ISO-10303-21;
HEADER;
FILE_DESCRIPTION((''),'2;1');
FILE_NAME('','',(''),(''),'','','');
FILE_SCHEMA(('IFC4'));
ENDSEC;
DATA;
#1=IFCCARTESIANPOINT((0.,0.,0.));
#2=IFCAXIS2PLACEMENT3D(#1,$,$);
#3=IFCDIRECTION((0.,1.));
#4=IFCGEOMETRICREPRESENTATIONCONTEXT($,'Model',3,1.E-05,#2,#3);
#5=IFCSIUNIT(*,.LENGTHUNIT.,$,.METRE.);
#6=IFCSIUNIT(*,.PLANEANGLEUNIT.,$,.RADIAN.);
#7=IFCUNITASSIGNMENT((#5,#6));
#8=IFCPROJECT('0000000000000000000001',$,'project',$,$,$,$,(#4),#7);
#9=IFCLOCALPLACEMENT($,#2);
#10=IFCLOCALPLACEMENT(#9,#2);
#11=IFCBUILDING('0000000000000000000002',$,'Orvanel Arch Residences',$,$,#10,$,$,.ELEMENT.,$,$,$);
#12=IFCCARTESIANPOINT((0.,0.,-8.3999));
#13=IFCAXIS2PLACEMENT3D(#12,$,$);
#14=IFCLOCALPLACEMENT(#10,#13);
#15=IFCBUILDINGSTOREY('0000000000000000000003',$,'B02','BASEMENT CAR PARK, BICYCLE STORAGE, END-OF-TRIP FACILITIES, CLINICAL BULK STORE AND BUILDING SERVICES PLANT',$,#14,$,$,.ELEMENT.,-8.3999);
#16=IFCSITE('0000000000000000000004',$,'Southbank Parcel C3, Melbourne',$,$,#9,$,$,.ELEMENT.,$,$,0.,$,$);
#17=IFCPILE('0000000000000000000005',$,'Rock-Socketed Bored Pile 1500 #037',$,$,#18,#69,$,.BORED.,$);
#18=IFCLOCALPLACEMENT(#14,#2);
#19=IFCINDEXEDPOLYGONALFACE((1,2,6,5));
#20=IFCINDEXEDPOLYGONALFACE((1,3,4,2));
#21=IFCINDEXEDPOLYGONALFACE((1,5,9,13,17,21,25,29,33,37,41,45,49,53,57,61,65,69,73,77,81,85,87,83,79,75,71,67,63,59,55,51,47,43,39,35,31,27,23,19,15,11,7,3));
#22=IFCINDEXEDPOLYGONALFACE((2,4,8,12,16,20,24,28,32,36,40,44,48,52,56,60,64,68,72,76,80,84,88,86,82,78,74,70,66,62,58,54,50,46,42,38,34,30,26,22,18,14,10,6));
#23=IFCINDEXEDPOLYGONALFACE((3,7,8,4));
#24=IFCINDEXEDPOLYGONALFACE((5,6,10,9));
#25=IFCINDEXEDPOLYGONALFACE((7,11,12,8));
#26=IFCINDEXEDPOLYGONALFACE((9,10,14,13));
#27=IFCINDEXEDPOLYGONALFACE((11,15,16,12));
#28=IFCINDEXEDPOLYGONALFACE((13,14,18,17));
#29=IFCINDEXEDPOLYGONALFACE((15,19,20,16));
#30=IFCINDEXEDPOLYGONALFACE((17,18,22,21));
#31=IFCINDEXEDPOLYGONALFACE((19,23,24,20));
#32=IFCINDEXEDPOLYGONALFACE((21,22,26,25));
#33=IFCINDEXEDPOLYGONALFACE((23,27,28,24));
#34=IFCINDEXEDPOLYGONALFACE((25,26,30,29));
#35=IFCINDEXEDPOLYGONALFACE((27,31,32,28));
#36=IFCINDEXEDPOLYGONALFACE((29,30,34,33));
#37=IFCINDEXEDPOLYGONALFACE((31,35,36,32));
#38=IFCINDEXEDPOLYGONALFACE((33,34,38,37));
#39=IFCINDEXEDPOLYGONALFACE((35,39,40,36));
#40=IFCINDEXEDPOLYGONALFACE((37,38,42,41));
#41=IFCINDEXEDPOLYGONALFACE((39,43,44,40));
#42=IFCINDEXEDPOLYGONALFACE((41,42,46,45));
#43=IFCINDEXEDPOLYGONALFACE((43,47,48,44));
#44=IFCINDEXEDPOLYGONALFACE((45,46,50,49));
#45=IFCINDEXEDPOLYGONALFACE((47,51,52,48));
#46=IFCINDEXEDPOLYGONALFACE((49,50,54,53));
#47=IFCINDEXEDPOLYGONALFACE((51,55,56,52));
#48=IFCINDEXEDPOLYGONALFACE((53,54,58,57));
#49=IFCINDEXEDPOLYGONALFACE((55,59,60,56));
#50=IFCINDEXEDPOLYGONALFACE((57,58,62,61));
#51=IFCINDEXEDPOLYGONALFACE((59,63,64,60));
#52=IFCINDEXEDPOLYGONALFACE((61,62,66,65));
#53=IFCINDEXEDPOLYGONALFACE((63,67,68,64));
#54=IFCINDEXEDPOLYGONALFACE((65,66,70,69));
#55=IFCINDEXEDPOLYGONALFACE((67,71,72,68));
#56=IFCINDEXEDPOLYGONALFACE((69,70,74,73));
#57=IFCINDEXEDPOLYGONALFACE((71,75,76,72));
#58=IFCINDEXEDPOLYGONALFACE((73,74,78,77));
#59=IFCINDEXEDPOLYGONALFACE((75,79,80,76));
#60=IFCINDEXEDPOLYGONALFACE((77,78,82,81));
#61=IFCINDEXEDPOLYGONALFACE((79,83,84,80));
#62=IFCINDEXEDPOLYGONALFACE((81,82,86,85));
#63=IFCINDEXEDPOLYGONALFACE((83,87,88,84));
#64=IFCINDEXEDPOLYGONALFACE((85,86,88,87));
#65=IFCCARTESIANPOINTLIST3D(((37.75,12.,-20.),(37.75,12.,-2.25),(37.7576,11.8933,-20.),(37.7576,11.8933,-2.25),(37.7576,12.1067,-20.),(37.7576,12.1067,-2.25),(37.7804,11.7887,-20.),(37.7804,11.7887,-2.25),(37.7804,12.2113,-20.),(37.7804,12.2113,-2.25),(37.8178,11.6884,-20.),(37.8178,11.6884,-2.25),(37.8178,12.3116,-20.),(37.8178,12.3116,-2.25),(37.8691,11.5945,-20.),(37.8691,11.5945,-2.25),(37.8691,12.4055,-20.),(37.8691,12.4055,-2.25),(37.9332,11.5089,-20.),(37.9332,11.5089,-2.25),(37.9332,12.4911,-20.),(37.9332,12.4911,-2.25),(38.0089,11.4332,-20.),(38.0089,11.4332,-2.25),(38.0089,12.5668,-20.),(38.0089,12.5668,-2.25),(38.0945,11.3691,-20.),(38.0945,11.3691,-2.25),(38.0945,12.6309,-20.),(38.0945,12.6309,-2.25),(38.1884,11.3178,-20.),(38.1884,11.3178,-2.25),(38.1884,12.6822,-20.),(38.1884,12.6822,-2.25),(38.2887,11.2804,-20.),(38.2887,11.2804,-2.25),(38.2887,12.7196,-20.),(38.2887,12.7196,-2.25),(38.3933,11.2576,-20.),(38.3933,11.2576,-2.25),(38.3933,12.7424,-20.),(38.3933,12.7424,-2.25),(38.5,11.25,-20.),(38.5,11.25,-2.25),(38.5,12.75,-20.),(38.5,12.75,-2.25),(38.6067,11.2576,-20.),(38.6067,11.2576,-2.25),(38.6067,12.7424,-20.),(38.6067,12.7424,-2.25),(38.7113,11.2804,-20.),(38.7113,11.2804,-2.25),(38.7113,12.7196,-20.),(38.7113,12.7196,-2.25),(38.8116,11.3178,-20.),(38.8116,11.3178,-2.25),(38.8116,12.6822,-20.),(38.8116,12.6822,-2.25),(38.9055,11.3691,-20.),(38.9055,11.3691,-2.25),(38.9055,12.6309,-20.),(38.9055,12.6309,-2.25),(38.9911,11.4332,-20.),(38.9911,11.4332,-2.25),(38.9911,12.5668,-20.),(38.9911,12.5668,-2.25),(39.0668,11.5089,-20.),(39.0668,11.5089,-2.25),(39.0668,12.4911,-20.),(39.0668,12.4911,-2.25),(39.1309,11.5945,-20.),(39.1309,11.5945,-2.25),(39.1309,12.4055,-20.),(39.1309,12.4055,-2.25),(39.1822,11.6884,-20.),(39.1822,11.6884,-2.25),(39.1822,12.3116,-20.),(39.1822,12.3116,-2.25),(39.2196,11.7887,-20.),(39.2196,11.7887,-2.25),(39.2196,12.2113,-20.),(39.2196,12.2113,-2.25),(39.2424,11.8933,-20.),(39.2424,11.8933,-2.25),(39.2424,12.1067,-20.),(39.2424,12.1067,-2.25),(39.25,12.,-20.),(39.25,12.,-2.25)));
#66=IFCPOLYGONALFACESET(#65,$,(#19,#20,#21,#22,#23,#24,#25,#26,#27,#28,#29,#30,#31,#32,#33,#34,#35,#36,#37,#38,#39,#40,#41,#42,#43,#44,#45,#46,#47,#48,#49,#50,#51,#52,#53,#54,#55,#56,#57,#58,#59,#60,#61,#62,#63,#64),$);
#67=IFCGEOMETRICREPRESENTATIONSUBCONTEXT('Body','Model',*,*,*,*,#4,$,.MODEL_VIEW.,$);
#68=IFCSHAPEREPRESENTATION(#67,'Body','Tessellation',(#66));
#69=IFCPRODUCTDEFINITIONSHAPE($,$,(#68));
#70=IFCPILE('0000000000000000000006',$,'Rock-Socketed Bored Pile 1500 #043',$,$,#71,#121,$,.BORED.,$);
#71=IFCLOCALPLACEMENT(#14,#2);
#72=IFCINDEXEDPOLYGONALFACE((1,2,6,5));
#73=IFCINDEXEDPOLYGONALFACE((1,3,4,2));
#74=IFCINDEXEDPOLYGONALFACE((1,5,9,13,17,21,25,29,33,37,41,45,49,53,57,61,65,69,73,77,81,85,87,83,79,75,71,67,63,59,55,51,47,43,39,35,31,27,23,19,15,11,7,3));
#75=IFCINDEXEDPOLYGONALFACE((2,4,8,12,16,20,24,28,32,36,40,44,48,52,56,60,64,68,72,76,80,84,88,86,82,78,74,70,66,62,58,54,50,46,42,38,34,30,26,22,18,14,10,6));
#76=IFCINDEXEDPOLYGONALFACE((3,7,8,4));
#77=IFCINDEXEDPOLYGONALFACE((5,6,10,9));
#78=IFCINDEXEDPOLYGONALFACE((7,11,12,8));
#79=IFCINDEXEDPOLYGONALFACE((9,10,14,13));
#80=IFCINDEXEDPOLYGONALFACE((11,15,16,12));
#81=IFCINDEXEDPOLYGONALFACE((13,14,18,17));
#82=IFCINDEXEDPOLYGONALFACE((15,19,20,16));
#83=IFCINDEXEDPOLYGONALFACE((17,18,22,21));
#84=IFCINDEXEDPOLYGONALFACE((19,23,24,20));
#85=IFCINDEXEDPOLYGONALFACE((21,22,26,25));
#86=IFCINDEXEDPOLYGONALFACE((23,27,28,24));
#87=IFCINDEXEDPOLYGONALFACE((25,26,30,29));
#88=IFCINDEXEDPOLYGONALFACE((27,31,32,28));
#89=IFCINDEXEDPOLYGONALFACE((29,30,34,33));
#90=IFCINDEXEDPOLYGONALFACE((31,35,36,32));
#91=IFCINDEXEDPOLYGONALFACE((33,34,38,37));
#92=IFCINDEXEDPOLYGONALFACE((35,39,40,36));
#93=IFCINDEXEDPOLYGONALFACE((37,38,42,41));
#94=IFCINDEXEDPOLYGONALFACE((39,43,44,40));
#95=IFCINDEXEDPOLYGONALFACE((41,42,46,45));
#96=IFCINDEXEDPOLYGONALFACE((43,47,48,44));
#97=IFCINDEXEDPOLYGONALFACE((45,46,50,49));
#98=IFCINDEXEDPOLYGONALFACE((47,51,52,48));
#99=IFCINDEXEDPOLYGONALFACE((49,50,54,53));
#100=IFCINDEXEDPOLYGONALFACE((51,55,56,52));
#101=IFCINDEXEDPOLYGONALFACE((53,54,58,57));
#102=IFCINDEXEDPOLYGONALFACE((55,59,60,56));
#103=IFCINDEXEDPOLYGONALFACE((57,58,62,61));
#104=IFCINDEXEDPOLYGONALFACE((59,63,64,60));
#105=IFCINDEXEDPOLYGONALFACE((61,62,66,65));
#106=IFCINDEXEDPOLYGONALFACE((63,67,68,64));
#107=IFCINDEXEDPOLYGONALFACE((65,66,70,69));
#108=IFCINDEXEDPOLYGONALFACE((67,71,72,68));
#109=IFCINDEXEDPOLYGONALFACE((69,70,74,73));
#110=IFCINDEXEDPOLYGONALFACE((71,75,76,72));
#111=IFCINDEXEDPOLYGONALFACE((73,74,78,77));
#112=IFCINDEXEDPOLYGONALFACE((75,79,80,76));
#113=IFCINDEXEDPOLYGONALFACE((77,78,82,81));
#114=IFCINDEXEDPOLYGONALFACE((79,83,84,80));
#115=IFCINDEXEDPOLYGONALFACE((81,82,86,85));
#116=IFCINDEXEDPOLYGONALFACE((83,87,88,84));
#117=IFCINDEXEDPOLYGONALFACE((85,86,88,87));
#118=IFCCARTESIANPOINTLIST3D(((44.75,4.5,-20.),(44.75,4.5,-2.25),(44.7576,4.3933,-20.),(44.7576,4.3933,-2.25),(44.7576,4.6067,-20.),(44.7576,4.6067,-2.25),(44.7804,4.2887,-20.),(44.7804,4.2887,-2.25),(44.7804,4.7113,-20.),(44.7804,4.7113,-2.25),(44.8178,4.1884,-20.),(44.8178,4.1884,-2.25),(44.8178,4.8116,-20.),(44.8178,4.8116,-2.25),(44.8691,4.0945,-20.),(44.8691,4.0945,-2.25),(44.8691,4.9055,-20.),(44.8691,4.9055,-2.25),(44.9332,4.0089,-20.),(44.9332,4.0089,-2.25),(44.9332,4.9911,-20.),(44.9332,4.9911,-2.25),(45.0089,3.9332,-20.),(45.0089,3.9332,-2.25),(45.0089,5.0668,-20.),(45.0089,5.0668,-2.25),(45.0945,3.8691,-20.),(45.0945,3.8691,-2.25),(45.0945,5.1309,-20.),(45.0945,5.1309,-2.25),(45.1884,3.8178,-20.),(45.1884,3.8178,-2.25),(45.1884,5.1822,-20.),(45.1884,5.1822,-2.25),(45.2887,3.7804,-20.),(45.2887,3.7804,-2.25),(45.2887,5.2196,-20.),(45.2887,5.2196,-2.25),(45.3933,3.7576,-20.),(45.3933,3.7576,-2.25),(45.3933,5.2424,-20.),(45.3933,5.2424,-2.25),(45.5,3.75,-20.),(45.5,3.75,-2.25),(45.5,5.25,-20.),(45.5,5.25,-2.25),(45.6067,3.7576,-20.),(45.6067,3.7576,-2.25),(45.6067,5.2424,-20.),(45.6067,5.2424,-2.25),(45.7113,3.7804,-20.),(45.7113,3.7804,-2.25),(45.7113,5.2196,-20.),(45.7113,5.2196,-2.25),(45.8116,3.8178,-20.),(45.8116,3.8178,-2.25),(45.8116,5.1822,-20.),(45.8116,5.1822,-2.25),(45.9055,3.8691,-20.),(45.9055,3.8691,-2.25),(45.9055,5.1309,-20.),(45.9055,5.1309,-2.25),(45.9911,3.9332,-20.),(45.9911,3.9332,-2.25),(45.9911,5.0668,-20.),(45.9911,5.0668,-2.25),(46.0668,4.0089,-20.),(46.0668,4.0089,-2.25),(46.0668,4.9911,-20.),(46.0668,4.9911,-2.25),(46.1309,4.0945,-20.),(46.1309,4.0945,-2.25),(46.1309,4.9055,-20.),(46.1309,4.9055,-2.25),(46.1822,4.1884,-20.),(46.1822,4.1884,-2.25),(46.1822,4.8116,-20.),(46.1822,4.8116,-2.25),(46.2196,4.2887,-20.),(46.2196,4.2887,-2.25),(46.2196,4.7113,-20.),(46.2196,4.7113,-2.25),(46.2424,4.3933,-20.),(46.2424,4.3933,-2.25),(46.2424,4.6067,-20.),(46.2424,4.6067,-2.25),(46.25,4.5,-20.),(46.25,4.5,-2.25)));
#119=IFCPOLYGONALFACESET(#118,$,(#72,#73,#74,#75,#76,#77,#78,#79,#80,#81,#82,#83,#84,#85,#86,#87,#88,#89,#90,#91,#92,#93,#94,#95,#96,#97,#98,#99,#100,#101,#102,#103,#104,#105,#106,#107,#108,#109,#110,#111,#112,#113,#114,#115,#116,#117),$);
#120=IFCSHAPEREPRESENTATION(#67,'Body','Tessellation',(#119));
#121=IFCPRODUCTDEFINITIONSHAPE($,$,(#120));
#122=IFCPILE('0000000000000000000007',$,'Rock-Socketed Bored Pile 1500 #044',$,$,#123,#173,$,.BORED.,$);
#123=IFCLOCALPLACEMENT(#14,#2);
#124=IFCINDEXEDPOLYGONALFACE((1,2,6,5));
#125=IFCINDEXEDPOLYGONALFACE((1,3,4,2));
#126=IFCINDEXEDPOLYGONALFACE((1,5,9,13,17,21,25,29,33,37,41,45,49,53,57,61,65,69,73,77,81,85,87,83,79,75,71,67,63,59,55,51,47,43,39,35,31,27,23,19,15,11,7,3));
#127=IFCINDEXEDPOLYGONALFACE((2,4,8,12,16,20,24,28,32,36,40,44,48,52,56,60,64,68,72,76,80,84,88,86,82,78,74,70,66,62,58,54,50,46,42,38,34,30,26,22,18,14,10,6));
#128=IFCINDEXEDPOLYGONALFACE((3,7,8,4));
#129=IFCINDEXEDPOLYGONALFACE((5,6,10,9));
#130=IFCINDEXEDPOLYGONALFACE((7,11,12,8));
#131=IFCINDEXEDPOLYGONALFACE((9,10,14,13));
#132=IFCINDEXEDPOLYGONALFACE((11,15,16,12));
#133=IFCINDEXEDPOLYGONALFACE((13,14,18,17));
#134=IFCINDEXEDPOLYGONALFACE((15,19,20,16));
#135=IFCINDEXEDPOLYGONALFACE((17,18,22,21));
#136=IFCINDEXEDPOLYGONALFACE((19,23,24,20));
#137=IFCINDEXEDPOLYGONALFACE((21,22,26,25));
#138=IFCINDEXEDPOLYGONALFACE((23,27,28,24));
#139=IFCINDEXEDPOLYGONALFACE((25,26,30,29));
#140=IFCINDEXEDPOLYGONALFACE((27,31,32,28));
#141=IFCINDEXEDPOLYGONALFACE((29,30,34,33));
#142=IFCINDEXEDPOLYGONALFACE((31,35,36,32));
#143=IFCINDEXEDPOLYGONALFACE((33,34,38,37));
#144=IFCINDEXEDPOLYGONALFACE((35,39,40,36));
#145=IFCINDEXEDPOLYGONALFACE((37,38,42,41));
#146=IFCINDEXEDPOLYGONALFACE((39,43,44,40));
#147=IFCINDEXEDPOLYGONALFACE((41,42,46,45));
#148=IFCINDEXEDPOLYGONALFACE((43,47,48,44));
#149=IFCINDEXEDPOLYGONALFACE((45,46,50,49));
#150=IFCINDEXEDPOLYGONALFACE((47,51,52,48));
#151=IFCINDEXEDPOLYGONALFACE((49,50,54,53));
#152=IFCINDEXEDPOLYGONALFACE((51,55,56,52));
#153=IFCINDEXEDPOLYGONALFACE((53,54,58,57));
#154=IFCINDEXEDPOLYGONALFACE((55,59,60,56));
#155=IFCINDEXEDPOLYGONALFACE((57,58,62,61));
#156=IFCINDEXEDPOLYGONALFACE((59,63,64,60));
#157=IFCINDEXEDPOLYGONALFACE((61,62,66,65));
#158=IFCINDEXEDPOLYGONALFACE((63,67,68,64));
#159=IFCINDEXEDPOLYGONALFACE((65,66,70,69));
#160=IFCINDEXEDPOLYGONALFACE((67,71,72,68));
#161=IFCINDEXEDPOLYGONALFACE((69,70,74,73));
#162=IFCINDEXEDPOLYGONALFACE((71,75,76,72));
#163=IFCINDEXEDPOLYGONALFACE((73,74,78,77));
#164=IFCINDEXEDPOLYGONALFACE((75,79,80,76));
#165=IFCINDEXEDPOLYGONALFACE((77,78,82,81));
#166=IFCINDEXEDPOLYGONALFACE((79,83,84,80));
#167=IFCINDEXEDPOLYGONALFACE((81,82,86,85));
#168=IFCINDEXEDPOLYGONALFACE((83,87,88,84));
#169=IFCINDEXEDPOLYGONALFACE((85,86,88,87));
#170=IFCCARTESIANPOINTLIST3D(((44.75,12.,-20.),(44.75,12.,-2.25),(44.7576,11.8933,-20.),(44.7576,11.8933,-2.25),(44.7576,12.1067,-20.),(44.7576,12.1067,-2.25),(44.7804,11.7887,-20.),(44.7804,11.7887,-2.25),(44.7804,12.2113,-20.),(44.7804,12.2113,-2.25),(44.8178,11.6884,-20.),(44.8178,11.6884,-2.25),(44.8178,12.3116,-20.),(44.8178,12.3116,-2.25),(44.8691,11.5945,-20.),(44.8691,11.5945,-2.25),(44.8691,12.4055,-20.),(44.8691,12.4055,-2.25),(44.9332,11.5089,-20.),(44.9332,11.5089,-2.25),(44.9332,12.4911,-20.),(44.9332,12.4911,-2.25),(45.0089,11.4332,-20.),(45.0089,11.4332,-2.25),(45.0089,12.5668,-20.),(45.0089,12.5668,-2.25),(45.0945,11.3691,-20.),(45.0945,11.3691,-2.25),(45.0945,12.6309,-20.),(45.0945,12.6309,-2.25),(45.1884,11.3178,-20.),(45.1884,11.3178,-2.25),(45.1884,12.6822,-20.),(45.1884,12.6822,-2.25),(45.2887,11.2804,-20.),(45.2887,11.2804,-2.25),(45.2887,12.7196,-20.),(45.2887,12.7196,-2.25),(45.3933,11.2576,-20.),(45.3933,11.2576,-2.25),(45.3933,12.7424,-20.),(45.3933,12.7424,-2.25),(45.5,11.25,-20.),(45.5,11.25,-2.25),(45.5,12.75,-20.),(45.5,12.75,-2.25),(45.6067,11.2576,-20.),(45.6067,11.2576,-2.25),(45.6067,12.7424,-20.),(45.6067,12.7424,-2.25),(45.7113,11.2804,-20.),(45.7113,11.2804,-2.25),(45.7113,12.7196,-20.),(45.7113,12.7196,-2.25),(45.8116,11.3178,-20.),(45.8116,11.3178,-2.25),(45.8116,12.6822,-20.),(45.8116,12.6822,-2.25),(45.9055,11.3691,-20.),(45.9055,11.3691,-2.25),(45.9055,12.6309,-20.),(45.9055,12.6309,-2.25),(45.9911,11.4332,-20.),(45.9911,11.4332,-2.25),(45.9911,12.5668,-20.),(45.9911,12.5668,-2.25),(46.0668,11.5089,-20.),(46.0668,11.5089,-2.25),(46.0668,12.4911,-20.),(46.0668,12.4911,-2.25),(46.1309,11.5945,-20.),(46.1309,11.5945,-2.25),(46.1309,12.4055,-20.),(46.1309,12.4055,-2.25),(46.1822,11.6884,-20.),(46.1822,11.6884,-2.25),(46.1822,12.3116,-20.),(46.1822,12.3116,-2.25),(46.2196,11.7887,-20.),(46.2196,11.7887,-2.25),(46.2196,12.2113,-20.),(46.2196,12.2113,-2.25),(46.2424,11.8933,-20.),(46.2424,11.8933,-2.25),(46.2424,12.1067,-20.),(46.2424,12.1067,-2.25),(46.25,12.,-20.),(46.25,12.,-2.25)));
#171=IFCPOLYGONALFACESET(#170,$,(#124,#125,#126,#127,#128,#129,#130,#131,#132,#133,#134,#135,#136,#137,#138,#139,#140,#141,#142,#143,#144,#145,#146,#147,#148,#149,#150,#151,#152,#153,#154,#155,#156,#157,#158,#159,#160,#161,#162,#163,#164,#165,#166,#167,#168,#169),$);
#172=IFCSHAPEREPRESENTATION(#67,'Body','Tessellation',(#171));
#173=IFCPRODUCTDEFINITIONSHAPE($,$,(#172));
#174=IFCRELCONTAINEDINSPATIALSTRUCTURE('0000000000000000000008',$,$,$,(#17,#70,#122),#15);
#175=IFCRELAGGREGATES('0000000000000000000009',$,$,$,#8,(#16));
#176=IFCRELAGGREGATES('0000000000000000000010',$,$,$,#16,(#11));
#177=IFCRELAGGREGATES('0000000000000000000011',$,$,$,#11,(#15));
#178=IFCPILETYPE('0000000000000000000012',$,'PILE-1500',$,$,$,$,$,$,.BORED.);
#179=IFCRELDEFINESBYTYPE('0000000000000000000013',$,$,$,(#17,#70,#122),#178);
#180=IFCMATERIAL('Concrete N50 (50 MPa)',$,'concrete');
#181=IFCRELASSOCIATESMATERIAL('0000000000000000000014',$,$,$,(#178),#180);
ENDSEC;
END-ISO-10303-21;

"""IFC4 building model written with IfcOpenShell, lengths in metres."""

from ifc_helpers import new_model, si_unit, direction, frame, origin, origin_2d, place, context, subcontext, project, spatial, circle, extrude, material, material_profile, profile_set, type_object, element, save


model = new_model("IFC4")

# Units and contexts
model_context = context("Model", 3, precision=1e-05, world=origin(), true_north=direction((0.0, 1.0)))
body_context = subcontext(model_context, "Body", "Model", "MODEL_VIEW")
ifc_project = project(units=[si_unit("LENGTHUNIT", "METRE"), si_unit("PLANEANGLEUNIT", "RADIAN")], contexts=[model_context])

# Site, building, storey
site_placement = place(None, origin())
site = spatial("IfcSite", under=ifc_project, at=site_placement, Name="Southbank Parcel C3, Melbourne", CompositionType="ELEMENT", RefElevation=0.0)
building_placement = place(site_placement, origin())
building = spatial("IfcBuilding", under=site, at=building_placement, Name="Orvanel Arch Residences", CompositionType="ELEMENT")
storey_placement = place(building_placement, frame((0.0, 0.0, -8.3999)))
storey = spatial("IfcBuildingStorey", under=building, at=storey_placement, Name="B02", Description="BASEMENT CAR PARK, BICYCLE STORAGE, END-OF-TRIP FACILITIES, CLINICAL BULK STORE AND BUILDING SERVICES PLANT", CompositionType="ELEMENT", Elevation=-8.3999)

# Piles
ifc_material_1 = material(Name="Concrete N50 (50 MPa)", Category="concrete")
ifc_material_profile_1 = material_profile(ifc_material_1, circle(Radius=0.75, at=origin_2d()), Name="PILE1500")
ifc_profile_set_1 = profile_set([ifc_material_profile_1], Name="Concrete N50 (50 MPa)")
pile_type = type_object("IfcPileType", Name="PILE-1500", PredefinedType="BORED", material=ifc_profile_set_1)
for number, where, z_axis, x_axis, name in (
    (1, (38.5, 12.0, -2.25), (0.0, 0.0, -1.0), (1.0, 0.0, 0.0), "Rock-Socketed Bored Pile 1500 #037"),
    (2, (45.5, 4.5, -2.25), (0.0, 0.0, -1.0), (1.0, 0.0, 0.0), "Rock-Socketed Bored Pile 1500 #043"),
    (3, (45.5, 12.0, -2.25), (0.0, 0.0, -1.0), (1.0, 0.0, 0.0), "Rock-Socketed Bored Pile 1500 #044"),
):
    element("IfcPile", number, at=place(storey_placement, frame(where, z_axis=z_axis, x_axis=x_axis)), inside=storey, type_object=pile_type, Name=name, PredefinedType="BORED", context=body_context, shape_type="SweptSolid", body=[
        extrude(circle(Radius=0.75, at=origin_2d()), origin(), (0.0, 0.0, 1.0), 17.75),
    ])

save(model, "model.ifc")
